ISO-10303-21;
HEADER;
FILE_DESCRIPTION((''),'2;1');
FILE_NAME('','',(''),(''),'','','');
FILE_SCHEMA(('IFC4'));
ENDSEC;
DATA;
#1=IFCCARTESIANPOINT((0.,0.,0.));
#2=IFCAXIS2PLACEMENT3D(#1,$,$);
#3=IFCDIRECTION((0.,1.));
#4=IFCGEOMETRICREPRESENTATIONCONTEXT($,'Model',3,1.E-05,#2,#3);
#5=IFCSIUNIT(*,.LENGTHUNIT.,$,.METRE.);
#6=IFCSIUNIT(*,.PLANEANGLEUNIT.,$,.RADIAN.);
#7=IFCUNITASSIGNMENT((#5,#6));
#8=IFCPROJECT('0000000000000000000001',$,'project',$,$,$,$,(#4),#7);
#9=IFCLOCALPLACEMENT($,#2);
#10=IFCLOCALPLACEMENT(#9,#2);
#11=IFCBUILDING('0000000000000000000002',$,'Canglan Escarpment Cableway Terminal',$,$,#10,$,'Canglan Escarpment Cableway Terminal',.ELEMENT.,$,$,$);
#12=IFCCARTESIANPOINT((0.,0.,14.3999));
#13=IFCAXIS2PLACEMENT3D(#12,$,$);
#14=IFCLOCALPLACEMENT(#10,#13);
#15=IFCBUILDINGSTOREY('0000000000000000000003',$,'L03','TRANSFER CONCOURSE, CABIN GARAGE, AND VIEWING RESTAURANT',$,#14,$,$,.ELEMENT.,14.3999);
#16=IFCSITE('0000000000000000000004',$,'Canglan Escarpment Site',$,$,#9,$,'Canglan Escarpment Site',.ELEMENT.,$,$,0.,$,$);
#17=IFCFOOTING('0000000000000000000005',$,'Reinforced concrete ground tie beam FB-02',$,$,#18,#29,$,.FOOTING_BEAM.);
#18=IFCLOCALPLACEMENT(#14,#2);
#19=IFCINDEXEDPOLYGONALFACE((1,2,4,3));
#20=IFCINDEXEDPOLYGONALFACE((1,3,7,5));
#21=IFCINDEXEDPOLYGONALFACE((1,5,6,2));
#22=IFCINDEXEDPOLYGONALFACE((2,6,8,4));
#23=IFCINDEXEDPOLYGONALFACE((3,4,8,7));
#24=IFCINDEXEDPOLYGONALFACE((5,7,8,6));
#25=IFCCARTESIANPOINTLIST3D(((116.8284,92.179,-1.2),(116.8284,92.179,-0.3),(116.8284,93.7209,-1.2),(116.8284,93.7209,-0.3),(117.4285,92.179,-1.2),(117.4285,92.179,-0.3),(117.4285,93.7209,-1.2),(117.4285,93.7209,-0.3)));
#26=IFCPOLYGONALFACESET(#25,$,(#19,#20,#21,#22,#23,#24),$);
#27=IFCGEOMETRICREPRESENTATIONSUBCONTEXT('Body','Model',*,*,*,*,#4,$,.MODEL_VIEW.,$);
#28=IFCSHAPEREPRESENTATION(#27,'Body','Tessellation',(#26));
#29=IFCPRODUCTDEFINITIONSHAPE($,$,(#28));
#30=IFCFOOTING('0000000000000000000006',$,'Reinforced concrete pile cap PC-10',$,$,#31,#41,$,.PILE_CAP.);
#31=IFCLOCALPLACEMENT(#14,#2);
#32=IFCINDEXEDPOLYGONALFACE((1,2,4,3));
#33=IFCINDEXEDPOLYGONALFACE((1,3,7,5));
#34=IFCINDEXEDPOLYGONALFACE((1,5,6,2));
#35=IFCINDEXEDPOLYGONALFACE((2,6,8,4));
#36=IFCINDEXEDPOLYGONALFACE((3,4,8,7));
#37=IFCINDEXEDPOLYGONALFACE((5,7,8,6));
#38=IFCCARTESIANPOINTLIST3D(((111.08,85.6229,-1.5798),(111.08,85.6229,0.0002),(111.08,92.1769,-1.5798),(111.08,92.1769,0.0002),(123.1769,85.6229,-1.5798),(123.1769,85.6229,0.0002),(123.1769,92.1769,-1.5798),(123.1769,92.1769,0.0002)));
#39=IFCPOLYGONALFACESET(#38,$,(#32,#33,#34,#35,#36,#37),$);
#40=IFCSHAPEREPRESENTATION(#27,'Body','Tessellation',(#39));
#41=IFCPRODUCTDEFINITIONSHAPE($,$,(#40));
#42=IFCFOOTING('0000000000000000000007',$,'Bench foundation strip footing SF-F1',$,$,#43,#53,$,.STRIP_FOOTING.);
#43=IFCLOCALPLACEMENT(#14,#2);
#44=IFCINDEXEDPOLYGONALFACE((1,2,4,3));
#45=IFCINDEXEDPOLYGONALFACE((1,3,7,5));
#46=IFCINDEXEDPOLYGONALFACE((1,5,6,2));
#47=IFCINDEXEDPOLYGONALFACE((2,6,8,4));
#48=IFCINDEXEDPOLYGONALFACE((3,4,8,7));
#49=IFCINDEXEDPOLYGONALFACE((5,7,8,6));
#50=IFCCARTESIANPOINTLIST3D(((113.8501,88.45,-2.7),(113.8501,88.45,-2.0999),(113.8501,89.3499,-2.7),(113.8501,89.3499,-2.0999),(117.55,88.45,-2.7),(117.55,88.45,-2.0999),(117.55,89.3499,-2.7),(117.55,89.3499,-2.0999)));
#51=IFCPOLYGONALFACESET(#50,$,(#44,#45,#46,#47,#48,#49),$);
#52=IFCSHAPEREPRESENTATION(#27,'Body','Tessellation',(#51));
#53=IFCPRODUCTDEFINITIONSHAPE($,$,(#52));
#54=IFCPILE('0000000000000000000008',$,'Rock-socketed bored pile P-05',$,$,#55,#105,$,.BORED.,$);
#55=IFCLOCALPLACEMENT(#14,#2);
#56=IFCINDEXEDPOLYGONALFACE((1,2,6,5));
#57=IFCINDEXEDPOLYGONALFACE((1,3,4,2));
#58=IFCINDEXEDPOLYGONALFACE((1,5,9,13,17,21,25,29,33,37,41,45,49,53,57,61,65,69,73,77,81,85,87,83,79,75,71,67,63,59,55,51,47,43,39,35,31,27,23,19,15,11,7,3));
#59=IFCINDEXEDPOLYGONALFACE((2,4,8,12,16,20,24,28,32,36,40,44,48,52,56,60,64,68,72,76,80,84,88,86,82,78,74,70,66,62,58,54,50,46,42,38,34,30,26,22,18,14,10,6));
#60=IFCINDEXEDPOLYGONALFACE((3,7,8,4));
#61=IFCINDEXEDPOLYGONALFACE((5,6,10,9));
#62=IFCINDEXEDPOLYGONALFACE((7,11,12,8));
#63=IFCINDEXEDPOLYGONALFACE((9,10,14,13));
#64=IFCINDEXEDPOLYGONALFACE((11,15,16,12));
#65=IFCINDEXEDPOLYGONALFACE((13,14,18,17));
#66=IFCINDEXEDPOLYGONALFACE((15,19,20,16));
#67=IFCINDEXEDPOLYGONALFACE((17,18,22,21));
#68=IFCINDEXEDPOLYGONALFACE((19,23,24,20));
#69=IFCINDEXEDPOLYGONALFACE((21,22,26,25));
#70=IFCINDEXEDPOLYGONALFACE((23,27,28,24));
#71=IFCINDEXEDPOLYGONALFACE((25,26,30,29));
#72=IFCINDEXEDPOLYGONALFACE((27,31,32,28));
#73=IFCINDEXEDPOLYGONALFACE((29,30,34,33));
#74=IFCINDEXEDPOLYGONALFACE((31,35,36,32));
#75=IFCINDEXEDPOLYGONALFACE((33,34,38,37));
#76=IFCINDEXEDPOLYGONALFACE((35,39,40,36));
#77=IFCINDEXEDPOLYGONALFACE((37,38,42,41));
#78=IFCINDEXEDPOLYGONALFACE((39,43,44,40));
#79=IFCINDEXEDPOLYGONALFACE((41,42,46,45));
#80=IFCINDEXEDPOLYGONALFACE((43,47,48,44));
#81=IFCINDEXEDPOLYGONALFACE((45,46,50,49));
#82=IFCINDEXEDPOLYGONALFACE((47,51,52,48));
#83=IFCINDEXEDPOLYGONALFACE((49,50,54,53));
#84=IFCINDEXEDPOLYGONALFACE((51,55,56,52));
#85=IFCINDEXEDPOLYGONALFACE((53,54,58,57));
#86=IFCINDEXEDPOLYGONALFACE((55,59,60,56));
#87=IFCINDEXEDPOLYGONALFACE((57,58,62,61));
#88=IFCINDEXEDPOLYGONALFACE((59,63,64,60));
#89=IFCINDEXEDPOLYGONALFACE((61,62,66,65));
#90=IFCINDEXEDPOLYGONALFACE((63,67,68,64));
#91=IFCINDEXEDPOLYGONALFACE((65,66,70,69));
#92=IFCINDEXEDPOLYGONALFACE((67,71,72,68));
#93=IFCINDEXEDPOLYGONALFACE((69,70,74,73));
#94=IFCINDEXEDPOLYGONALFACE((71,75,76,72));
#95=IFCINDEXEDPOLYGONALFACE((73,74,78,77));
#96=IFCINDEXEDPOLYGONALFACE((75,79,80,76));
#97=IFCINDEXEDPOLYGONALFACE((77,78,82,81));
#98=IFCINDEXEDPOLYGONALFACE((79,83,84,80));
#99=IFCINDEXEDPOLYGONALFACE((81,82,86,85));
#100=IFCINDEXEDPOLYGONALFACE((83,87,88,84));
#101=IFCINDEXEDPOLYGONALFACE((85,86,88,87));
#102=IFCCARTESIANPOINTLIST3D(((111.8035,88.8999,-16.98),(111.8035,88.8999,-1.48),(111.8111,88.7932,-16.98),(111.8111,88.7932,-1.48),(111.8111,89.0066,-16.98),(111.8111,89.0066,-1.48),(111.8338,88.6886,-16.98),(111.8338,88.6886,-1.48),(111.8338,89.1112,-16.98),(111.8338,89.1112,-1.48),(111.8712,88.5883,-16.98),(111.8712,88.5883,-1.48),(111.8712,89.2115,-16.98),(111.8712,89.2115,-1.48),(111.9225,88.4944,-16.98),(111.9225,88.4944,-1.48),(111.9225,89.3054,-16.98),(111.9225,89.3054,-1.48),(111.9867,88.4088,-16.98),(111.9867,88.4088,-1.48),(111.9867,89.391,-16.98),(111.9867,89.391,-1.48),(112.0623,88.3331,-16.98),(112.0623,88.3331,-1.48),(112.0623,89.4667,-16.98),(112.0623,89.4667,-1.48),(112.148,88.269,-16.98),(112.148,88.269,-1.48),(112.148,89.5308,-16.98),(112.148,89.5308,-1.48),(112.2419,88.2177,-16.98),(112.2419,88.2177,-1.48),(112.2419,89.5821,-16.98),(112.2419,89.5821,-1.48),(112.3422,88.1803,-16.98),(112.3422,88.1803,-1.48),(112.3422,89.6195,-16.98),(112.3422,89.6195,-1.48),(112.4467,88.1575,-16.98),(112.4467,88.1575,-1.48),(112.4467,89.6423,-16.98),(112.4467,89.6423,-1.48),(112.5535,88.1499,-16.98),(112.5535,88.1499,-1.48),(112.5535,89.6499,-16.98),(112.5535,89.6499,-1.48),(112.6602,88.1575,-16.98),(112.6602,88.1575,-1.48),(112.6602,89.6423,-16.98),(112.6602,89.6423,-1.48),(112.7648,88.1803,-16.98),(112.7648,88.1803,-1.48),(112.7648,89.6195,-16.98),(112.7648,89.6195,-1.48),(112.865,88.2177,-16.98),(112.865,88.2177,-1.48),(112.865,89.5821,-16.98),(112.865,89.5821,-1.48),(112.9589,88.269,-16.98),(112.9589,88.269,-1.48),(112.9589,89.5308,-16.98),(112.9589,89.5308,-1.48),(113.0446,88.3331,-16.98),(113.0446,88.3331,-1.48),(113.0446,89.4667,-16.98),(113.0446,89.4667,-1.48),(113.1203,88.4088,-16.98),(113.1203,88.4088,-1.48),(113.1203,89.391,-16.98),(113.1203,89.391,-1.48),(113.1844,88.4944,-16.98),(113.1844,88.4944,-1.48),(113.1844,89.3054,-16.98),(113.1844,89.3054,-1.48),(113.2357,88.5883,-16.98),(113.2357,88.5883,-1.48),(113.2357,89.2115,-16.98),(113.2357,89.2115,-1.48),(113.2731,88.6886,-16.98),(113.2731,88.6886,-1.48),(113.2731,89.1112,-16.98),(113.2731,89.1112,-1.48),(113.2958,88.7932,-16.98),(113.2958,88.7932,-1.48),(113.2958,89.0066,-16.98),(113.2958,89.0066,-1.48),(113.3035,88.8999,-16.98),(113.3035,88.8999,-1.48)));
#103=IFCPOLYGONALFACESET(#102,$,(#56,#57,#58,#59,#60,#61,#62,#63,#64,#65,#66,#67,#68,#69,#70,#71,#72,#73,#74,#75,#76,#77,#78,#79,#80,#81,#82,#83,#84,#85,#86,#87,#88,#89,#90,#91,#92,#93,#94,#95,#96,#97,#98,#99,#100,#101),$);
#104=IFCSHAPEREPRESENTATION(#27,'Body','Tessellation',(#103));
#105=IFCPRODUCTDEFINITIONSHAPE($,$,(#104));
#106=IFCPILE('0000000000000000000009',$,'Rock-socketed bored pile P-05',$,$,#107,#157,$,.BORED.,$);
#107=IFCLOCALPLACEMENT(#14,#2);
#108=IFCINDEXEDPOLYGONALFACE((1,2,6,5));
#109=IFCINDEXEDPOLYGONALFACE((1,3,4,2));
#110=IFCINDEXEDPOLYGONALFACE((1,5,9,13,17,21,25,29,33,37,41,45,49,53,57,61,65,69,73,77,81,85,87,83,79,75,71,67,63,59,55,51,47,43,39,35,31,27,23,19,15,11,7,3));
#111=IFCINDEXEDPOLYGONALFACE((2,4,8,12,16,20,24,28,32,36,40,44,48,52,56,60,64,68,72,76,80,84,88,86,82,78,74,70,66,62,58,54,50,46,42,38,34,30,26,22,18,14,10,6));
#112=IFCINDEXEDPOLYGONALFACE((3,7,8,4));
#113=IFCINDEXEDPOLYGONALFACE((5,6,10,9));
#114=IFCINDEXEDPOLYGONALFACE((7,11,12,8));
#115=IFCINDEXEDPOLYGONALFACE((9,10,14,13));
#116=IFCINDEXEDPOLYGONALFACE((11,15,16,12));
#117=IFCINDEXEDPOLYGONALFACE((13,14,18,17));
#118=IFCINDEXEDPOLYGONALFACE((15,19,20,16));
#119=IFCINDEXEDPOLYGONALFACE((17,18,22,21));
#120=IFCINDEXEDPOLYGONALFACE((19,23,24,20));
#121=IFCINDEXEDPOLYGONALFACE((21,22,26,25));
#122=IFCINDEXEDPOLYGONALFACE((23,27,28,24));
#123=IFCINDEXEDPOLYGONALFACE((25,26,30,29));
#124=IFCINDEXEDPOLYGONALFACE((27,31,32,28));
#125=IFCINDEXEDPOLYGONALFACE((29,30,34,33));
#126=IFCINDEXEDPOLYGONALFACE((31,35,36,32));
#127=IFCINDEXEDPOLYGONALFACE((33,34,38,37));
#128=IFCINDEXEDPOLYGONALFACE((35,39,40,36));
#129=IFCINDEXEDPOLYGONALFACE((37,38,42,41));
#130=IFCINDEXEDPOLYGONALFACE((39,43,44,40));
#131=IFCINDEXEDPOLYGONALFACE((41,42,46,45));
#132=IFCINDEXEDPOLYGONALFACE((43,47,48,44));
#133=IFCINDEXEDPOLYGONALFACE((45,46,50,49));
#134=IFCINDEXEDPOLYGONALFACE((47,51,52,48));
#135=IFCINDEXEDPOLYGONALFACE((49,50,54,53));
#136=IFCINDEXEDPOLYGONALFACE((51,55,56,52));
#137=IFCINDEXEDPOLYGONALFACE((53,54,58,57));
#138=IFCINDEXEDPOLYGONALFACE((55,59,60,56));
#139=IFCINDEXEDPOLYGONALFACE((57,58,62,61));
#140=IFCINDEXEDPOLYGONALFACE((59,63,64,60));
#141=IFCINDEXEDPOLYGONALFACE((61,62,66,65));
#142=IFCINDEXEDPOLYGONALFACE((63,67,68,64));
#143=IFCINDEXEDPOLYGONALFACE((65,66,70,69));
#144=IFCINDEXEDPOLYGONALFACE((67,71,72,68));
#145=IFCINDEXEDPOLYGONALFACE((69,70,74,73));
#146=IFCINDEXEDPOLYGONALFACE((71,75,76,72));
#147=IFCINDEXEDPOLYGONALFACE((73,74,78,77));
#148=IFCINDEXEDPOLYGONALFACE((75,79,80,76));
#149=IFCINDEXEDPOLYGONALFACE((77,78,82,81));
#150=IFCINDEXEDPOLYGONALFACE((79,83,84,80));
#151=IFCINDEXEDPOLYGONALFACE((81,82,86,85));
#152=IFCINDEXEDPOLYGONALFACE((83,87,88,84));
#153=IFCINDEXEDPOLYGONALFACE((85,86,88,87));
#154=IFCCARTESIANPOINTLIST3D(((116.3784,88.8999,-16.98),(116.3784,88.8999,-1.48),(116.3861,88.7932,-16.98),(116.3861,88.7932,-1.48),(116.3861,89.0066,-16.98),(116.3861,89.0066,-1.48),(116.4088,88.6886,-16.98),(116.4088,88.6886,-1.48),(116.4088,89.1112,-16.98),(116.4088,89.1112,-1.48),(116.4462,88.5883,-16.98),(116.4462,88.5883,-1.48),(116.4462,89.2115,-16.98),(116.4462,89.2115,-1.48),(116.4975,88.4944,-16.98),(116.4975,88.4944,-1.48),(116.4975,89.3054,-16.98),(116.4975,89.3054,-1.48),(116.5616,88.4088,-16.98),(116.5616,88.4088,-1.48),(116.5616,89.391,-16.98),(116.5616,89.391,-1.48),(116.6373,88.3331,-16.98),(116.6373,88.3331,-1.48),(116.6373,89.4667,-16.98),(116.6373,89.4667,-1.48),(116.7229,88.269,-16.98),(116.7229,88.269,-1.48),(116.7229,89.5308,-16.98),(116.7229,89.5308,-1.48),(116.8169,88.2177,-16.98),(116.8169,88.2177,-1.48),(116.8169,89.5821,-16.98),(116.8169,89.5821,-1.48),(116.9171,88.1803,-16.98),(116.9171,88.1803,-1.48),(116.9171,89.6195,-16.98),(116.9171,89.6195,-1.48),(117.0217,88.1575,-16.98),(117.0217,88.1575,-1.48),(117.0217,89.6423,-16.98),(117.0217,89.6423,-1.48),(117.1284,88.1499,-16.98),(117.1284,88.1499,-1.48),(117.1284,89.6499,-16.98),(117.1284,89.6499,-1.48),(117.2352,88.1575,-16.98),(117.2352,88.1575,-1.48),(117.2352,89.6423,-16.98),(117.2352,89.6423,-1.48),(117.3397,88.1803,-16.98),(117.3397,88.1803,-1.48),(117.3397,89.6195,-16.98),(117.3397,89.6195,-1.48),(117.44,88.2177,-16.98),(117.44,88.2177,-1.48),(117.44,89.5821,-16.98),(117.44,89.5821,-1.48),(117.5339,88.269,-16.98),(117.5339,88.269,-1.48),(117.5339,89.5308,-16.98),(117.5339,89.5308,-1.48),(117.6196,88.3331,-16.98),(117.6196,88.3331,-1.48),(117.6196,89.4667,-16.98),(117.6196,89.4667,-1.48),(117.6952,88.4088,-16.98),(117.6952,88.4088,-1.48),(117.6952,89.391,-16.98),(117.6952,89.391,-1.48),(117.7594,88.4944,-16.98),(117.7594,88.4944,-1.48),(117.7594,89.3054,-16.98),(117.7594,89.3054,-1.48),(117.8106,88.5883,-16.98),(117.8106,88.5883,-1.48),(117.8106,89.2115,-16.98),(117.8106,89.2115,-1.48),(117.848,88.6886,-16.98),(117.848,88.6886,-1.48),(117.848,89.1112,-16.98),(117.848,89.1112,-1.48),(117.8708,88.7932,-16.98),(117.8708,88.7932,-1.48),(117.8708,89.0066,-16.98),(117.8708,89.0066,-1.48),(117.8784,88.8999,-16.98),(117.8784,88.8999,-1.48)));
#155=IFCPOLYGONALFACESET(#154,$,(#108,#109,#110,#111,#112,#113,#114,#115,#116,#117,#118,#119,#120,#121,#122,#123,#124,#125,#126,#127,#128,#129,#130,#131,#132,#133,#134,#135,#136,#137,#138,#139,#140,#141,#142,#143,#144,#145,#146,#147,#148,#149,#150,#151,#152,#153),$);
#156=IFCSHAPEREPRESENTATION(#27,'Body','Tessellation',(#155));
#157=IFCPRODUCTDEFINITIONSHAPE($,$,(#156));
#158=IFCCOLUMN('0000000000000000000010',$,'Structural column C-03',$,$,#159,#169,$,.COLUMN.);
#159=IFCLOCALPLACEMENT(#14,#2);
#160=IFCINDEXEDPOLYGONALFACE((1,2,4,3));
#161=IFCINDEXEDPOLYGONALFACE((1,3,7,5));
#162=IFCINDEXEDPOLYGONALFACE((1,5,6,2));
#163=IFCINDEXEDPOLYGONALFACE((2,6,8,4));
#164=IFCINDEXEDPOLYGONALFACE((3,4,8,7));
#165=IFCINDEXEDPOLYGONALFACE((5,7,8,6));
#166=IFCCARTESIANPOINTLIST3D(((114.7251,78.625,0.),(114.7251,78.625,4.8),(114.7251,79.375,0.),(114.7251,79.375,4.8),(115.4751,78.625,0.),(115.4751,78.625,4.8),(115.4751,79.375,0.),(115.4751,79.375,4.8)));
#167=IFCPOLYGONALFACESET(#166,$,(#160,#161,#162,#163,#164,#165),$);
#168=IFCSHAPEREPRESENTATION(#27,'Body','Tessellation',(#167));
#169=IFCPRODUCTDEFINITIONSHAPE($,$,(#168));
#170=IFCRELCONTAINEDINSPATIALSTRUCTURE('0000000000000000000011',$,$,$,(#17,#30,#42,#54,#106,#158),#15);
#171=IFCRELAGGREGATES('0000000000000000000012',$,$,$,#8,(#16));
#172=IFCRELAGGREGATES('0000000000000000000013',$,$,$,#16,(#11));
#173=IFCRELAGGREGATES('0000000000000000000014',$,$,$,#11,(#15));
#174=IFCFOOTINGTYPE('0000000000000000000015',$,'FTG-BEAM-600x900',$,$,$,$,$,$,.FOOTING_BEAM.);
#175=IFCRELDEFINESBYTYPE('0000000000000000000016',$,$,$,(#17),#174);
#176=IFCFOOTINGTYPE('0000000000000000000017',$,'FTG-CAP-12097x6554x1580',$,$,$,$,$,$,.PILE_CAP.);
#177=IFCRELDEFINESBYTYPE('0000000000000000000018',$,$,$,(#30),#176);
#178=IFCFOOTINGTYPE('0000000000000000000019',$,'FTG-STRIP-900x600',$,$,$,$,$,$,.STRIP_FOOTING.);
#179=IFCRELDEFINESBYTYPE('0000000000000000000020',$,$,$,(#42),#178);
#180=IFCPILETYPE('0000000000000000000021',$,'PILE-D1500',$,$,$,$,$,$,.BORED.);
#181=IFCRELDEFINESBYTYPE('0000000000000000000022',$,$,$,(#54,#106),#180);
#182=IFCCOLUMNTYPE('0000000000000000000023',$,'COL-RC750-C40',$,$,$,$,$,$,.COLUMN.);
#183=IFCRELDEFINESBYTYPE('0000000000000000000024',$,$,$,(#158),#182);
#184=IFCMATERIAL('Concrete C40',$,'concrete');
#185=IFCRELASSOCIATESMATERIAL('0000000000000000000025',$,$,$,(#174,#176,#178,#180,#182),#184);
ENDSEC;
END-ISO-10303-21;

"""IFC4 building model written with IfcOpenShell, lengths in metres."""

from ifc_helpers import new_model, si_unit, direction, frame, origin, origin_2d, place, context, subcontext, project, spatial, rectangle, circle, extrude, material, material_profile, profile_set, type_object, element, save


model = new_model("IFC4")

# Units and contexts
model_context = context("Model", 3, precision=1e-05, world=origin(), true_north=direction((0.0, 1.0)))
body_context = subcontext(model_context, "Body", "Model", "MODEL_VIEW")
ifc_project = project(units=[si_unit("LENGTHUNIT", "METRE"), si_unit("PLANEANGLEUNIT", "RADIAN")], contexts=[model_context])

# Site, building, storey
site_placement = place(None, origin())
site = spatial("IfcSite", under=ifc_project, at=site_placement, Name="Canglan Escarpment Site", LongName="Canglan Escarpment Site", CompositionType="ELEMENT", RefElevation=0.0)
building_placement = place(site_placement, origin())
building = spatial("IfcBuilding", under=site, at=building_placement, Name="Canglan Escarpment Cableway Terminal", LongName="Canglan Escarpment Cableway Terminal", CompositionType="ELEMENT")
storey_placement = place(building_placement, frame((0.0, 0.0, 14.3999)))
storey = spatial("IfcBuildingStorey", under=building, at=storey_placement, Name="L03", Description="TRANSFER CONCOURSE, CABIN GARAGE, AND VIEWING RESTAURANT", CompositionType="ELEMENT", Elevation=14.3999)

# Footings
ifc_material_1 = material(Name="Concrete C40", Category="concrete")
ifc_material_profile_1 = material_profile(ifc_material_1, rectangle(XDim=0.6001, YDim=0.8999, at=origin_2d()), Name="FB 600x900")
ifc_profile_set_1 = profile_set([ifc_material_profile_1], Name="Concrete C40")
footing_type_1 = type_object("IfcFootingType", Name="FTG-BEAM-600x900", PredefinedType="FOOTING_BEAM", material=ifc_profile_set_1)
footing_1_placement = place(storey_placement, frame((117.1284, 92.179, -0.75), z_axis=(0.0, 1.0, 0.0), x_axis=(-1.0, 0.0, 0.0)))
element("IfcFooting", 1, at=footing_1_placement, inside=storey, type_object=footing_type_1, Name="Reinforced concrete ground tie beam FB-02", PredefinedType="FOOTING_BEAM", context=body_context, shape_type="SweptSolid", body=[
    extrude(rectangle(XDim=0.6001, YDim=0.8999, at=origin_2d()), origin(), (0.0, 0.0, 1.0), 1.542),
])
footing_type_2 = type_object("IfcFootingType", Name="FTG-CAP-12097x6554x1580", PredefinedType="PILE_CAP", material=ifc_material_1)
footing_2_placement = place(storey_placement, frame((117.1284, 88.8999, -1.5798), z_axis=(0.0, 0.0, 1.0), x_axis=(1.0, 0.0, 0.0)))
element("IfcFooting", 2, at=footing_2_placement, inside=storey, type_object=footing_type_2, Name="Reinforced concrete pile cap PC-10", PredefinedType="PILE_CAP", context=body_context, shape_type="SweptSolid", body=[
    extrude(rectangle(XDim=12.0969, YDim=6.554, at=origin_2d()), origin(), (0.0, 0.0, 1.0), 1.5801),
])
ifc_material_profile_2 = material_profile(ifc_material_1, rectangle(XDim=0.8999, YDim=0.6001, at=origin_2d()), Name="SF 900x600")
ifc_profile_set_2 = profile_set([ifc_material_profile_2], Name="Concrete C40")
footing_type_3 = type_object("IfcFootingType", Name="FTG-STRIP-900x600", PredefinedType="STRIP_FOOTING", material=ifc_profile_set_2)
footing_3_placement = place(storey_placement, frame((113.8501, 88.8999, -2.3999), z_axis=(1.0, 0.0, 0.0), x_axis=(0.0, 1.0, 0.0)))
element("IfcFooting", 3, at=footing_3_placement, inside=storey, type_object=footing_type_3, Name="Bench foundation strip footing SF-F1", PredefinedType="STRIP_FOOTING", context=body_context, shape_type="SweptSolid", body=[
    extrude(rectangle(XDim=0.8999, YDim=0.6001, at=origin_2d()), origin(), (0.0, 0.0, 1.0), 3.7),
])

# Piles
ifc_material_profile_3 = material_profile(ifc_material_1, circle(Radius=0.75, at=origin_2d()), Name="BORED PILE D1500")
ifc_profile_set_3 = profile_set([ifc_material_profile_3], Name="Concrete C40")
pile_type = type_object("IfcPileType", Name="PILE-D1500", PredefinedType="BORED", material=ifc_profile_set_3)
for number, where, z_axis, x_axis, name in (
    (4, (112.5535, 88.8999, -1.48), (0.0, 0.0, -1.0), (1.0, 0.0, 0.0), "Rock-socketed bored pile P-05"),
    (5, (117.1284, 88.8999, -1.48), (0.0, 0.0, -1.0), (1.0, 0.0, 0.0), "Rock-socketed bored pile P-05"),
):
    element("IfcPile", number, at=place(storey_placement, frame(where, z_axis=z_axis, x_axis=x_axis)), inside=storey, type_object=pile_type, Name=name, PredefinedType="BORED", context=body_context, shape_type="SweptSolid", body=[
        extrude(circle(Radius=0.75, at=origin_2d()), origin(), (0.0, 0.0, 1.0), 15.5),
    ])

# Column
ifc_material_profile_4 = material_profile(ifc_material_1, rectangle(XDim=0.75, YDim=0.75, at=origin_2d()), Name="RC 750x750")
ifc_profile_set_4 = profile_set([ifc_material_profile_4], Name="Concrete C40")
column_type = type_object("IfcColumnType", Name="COL-RC750-C40", PredefinedType="COLUMN", material=ifc_profile_set_4)
column_placement = place(storey_placement, frame((115.1001, 79.0, 0.0), z_axis=(0.0, 0.0, 1.0), x_axis=(1.0, 0.0, 0.0)))
element("IfcColumn", 6, at=column_placement, inside=storey, type_object=column_type, Name="Structural column C-03", PredefinedType="COLUMN", context=body_context, shape_type="SweptSolid", body=[
    extrude(rectangle(XDim=0.75, YDim=0.75, at=origin_2d()), origin(), (0.0, 0.0, 1.0), 4.8),
])

save(model, "model.ifc")
